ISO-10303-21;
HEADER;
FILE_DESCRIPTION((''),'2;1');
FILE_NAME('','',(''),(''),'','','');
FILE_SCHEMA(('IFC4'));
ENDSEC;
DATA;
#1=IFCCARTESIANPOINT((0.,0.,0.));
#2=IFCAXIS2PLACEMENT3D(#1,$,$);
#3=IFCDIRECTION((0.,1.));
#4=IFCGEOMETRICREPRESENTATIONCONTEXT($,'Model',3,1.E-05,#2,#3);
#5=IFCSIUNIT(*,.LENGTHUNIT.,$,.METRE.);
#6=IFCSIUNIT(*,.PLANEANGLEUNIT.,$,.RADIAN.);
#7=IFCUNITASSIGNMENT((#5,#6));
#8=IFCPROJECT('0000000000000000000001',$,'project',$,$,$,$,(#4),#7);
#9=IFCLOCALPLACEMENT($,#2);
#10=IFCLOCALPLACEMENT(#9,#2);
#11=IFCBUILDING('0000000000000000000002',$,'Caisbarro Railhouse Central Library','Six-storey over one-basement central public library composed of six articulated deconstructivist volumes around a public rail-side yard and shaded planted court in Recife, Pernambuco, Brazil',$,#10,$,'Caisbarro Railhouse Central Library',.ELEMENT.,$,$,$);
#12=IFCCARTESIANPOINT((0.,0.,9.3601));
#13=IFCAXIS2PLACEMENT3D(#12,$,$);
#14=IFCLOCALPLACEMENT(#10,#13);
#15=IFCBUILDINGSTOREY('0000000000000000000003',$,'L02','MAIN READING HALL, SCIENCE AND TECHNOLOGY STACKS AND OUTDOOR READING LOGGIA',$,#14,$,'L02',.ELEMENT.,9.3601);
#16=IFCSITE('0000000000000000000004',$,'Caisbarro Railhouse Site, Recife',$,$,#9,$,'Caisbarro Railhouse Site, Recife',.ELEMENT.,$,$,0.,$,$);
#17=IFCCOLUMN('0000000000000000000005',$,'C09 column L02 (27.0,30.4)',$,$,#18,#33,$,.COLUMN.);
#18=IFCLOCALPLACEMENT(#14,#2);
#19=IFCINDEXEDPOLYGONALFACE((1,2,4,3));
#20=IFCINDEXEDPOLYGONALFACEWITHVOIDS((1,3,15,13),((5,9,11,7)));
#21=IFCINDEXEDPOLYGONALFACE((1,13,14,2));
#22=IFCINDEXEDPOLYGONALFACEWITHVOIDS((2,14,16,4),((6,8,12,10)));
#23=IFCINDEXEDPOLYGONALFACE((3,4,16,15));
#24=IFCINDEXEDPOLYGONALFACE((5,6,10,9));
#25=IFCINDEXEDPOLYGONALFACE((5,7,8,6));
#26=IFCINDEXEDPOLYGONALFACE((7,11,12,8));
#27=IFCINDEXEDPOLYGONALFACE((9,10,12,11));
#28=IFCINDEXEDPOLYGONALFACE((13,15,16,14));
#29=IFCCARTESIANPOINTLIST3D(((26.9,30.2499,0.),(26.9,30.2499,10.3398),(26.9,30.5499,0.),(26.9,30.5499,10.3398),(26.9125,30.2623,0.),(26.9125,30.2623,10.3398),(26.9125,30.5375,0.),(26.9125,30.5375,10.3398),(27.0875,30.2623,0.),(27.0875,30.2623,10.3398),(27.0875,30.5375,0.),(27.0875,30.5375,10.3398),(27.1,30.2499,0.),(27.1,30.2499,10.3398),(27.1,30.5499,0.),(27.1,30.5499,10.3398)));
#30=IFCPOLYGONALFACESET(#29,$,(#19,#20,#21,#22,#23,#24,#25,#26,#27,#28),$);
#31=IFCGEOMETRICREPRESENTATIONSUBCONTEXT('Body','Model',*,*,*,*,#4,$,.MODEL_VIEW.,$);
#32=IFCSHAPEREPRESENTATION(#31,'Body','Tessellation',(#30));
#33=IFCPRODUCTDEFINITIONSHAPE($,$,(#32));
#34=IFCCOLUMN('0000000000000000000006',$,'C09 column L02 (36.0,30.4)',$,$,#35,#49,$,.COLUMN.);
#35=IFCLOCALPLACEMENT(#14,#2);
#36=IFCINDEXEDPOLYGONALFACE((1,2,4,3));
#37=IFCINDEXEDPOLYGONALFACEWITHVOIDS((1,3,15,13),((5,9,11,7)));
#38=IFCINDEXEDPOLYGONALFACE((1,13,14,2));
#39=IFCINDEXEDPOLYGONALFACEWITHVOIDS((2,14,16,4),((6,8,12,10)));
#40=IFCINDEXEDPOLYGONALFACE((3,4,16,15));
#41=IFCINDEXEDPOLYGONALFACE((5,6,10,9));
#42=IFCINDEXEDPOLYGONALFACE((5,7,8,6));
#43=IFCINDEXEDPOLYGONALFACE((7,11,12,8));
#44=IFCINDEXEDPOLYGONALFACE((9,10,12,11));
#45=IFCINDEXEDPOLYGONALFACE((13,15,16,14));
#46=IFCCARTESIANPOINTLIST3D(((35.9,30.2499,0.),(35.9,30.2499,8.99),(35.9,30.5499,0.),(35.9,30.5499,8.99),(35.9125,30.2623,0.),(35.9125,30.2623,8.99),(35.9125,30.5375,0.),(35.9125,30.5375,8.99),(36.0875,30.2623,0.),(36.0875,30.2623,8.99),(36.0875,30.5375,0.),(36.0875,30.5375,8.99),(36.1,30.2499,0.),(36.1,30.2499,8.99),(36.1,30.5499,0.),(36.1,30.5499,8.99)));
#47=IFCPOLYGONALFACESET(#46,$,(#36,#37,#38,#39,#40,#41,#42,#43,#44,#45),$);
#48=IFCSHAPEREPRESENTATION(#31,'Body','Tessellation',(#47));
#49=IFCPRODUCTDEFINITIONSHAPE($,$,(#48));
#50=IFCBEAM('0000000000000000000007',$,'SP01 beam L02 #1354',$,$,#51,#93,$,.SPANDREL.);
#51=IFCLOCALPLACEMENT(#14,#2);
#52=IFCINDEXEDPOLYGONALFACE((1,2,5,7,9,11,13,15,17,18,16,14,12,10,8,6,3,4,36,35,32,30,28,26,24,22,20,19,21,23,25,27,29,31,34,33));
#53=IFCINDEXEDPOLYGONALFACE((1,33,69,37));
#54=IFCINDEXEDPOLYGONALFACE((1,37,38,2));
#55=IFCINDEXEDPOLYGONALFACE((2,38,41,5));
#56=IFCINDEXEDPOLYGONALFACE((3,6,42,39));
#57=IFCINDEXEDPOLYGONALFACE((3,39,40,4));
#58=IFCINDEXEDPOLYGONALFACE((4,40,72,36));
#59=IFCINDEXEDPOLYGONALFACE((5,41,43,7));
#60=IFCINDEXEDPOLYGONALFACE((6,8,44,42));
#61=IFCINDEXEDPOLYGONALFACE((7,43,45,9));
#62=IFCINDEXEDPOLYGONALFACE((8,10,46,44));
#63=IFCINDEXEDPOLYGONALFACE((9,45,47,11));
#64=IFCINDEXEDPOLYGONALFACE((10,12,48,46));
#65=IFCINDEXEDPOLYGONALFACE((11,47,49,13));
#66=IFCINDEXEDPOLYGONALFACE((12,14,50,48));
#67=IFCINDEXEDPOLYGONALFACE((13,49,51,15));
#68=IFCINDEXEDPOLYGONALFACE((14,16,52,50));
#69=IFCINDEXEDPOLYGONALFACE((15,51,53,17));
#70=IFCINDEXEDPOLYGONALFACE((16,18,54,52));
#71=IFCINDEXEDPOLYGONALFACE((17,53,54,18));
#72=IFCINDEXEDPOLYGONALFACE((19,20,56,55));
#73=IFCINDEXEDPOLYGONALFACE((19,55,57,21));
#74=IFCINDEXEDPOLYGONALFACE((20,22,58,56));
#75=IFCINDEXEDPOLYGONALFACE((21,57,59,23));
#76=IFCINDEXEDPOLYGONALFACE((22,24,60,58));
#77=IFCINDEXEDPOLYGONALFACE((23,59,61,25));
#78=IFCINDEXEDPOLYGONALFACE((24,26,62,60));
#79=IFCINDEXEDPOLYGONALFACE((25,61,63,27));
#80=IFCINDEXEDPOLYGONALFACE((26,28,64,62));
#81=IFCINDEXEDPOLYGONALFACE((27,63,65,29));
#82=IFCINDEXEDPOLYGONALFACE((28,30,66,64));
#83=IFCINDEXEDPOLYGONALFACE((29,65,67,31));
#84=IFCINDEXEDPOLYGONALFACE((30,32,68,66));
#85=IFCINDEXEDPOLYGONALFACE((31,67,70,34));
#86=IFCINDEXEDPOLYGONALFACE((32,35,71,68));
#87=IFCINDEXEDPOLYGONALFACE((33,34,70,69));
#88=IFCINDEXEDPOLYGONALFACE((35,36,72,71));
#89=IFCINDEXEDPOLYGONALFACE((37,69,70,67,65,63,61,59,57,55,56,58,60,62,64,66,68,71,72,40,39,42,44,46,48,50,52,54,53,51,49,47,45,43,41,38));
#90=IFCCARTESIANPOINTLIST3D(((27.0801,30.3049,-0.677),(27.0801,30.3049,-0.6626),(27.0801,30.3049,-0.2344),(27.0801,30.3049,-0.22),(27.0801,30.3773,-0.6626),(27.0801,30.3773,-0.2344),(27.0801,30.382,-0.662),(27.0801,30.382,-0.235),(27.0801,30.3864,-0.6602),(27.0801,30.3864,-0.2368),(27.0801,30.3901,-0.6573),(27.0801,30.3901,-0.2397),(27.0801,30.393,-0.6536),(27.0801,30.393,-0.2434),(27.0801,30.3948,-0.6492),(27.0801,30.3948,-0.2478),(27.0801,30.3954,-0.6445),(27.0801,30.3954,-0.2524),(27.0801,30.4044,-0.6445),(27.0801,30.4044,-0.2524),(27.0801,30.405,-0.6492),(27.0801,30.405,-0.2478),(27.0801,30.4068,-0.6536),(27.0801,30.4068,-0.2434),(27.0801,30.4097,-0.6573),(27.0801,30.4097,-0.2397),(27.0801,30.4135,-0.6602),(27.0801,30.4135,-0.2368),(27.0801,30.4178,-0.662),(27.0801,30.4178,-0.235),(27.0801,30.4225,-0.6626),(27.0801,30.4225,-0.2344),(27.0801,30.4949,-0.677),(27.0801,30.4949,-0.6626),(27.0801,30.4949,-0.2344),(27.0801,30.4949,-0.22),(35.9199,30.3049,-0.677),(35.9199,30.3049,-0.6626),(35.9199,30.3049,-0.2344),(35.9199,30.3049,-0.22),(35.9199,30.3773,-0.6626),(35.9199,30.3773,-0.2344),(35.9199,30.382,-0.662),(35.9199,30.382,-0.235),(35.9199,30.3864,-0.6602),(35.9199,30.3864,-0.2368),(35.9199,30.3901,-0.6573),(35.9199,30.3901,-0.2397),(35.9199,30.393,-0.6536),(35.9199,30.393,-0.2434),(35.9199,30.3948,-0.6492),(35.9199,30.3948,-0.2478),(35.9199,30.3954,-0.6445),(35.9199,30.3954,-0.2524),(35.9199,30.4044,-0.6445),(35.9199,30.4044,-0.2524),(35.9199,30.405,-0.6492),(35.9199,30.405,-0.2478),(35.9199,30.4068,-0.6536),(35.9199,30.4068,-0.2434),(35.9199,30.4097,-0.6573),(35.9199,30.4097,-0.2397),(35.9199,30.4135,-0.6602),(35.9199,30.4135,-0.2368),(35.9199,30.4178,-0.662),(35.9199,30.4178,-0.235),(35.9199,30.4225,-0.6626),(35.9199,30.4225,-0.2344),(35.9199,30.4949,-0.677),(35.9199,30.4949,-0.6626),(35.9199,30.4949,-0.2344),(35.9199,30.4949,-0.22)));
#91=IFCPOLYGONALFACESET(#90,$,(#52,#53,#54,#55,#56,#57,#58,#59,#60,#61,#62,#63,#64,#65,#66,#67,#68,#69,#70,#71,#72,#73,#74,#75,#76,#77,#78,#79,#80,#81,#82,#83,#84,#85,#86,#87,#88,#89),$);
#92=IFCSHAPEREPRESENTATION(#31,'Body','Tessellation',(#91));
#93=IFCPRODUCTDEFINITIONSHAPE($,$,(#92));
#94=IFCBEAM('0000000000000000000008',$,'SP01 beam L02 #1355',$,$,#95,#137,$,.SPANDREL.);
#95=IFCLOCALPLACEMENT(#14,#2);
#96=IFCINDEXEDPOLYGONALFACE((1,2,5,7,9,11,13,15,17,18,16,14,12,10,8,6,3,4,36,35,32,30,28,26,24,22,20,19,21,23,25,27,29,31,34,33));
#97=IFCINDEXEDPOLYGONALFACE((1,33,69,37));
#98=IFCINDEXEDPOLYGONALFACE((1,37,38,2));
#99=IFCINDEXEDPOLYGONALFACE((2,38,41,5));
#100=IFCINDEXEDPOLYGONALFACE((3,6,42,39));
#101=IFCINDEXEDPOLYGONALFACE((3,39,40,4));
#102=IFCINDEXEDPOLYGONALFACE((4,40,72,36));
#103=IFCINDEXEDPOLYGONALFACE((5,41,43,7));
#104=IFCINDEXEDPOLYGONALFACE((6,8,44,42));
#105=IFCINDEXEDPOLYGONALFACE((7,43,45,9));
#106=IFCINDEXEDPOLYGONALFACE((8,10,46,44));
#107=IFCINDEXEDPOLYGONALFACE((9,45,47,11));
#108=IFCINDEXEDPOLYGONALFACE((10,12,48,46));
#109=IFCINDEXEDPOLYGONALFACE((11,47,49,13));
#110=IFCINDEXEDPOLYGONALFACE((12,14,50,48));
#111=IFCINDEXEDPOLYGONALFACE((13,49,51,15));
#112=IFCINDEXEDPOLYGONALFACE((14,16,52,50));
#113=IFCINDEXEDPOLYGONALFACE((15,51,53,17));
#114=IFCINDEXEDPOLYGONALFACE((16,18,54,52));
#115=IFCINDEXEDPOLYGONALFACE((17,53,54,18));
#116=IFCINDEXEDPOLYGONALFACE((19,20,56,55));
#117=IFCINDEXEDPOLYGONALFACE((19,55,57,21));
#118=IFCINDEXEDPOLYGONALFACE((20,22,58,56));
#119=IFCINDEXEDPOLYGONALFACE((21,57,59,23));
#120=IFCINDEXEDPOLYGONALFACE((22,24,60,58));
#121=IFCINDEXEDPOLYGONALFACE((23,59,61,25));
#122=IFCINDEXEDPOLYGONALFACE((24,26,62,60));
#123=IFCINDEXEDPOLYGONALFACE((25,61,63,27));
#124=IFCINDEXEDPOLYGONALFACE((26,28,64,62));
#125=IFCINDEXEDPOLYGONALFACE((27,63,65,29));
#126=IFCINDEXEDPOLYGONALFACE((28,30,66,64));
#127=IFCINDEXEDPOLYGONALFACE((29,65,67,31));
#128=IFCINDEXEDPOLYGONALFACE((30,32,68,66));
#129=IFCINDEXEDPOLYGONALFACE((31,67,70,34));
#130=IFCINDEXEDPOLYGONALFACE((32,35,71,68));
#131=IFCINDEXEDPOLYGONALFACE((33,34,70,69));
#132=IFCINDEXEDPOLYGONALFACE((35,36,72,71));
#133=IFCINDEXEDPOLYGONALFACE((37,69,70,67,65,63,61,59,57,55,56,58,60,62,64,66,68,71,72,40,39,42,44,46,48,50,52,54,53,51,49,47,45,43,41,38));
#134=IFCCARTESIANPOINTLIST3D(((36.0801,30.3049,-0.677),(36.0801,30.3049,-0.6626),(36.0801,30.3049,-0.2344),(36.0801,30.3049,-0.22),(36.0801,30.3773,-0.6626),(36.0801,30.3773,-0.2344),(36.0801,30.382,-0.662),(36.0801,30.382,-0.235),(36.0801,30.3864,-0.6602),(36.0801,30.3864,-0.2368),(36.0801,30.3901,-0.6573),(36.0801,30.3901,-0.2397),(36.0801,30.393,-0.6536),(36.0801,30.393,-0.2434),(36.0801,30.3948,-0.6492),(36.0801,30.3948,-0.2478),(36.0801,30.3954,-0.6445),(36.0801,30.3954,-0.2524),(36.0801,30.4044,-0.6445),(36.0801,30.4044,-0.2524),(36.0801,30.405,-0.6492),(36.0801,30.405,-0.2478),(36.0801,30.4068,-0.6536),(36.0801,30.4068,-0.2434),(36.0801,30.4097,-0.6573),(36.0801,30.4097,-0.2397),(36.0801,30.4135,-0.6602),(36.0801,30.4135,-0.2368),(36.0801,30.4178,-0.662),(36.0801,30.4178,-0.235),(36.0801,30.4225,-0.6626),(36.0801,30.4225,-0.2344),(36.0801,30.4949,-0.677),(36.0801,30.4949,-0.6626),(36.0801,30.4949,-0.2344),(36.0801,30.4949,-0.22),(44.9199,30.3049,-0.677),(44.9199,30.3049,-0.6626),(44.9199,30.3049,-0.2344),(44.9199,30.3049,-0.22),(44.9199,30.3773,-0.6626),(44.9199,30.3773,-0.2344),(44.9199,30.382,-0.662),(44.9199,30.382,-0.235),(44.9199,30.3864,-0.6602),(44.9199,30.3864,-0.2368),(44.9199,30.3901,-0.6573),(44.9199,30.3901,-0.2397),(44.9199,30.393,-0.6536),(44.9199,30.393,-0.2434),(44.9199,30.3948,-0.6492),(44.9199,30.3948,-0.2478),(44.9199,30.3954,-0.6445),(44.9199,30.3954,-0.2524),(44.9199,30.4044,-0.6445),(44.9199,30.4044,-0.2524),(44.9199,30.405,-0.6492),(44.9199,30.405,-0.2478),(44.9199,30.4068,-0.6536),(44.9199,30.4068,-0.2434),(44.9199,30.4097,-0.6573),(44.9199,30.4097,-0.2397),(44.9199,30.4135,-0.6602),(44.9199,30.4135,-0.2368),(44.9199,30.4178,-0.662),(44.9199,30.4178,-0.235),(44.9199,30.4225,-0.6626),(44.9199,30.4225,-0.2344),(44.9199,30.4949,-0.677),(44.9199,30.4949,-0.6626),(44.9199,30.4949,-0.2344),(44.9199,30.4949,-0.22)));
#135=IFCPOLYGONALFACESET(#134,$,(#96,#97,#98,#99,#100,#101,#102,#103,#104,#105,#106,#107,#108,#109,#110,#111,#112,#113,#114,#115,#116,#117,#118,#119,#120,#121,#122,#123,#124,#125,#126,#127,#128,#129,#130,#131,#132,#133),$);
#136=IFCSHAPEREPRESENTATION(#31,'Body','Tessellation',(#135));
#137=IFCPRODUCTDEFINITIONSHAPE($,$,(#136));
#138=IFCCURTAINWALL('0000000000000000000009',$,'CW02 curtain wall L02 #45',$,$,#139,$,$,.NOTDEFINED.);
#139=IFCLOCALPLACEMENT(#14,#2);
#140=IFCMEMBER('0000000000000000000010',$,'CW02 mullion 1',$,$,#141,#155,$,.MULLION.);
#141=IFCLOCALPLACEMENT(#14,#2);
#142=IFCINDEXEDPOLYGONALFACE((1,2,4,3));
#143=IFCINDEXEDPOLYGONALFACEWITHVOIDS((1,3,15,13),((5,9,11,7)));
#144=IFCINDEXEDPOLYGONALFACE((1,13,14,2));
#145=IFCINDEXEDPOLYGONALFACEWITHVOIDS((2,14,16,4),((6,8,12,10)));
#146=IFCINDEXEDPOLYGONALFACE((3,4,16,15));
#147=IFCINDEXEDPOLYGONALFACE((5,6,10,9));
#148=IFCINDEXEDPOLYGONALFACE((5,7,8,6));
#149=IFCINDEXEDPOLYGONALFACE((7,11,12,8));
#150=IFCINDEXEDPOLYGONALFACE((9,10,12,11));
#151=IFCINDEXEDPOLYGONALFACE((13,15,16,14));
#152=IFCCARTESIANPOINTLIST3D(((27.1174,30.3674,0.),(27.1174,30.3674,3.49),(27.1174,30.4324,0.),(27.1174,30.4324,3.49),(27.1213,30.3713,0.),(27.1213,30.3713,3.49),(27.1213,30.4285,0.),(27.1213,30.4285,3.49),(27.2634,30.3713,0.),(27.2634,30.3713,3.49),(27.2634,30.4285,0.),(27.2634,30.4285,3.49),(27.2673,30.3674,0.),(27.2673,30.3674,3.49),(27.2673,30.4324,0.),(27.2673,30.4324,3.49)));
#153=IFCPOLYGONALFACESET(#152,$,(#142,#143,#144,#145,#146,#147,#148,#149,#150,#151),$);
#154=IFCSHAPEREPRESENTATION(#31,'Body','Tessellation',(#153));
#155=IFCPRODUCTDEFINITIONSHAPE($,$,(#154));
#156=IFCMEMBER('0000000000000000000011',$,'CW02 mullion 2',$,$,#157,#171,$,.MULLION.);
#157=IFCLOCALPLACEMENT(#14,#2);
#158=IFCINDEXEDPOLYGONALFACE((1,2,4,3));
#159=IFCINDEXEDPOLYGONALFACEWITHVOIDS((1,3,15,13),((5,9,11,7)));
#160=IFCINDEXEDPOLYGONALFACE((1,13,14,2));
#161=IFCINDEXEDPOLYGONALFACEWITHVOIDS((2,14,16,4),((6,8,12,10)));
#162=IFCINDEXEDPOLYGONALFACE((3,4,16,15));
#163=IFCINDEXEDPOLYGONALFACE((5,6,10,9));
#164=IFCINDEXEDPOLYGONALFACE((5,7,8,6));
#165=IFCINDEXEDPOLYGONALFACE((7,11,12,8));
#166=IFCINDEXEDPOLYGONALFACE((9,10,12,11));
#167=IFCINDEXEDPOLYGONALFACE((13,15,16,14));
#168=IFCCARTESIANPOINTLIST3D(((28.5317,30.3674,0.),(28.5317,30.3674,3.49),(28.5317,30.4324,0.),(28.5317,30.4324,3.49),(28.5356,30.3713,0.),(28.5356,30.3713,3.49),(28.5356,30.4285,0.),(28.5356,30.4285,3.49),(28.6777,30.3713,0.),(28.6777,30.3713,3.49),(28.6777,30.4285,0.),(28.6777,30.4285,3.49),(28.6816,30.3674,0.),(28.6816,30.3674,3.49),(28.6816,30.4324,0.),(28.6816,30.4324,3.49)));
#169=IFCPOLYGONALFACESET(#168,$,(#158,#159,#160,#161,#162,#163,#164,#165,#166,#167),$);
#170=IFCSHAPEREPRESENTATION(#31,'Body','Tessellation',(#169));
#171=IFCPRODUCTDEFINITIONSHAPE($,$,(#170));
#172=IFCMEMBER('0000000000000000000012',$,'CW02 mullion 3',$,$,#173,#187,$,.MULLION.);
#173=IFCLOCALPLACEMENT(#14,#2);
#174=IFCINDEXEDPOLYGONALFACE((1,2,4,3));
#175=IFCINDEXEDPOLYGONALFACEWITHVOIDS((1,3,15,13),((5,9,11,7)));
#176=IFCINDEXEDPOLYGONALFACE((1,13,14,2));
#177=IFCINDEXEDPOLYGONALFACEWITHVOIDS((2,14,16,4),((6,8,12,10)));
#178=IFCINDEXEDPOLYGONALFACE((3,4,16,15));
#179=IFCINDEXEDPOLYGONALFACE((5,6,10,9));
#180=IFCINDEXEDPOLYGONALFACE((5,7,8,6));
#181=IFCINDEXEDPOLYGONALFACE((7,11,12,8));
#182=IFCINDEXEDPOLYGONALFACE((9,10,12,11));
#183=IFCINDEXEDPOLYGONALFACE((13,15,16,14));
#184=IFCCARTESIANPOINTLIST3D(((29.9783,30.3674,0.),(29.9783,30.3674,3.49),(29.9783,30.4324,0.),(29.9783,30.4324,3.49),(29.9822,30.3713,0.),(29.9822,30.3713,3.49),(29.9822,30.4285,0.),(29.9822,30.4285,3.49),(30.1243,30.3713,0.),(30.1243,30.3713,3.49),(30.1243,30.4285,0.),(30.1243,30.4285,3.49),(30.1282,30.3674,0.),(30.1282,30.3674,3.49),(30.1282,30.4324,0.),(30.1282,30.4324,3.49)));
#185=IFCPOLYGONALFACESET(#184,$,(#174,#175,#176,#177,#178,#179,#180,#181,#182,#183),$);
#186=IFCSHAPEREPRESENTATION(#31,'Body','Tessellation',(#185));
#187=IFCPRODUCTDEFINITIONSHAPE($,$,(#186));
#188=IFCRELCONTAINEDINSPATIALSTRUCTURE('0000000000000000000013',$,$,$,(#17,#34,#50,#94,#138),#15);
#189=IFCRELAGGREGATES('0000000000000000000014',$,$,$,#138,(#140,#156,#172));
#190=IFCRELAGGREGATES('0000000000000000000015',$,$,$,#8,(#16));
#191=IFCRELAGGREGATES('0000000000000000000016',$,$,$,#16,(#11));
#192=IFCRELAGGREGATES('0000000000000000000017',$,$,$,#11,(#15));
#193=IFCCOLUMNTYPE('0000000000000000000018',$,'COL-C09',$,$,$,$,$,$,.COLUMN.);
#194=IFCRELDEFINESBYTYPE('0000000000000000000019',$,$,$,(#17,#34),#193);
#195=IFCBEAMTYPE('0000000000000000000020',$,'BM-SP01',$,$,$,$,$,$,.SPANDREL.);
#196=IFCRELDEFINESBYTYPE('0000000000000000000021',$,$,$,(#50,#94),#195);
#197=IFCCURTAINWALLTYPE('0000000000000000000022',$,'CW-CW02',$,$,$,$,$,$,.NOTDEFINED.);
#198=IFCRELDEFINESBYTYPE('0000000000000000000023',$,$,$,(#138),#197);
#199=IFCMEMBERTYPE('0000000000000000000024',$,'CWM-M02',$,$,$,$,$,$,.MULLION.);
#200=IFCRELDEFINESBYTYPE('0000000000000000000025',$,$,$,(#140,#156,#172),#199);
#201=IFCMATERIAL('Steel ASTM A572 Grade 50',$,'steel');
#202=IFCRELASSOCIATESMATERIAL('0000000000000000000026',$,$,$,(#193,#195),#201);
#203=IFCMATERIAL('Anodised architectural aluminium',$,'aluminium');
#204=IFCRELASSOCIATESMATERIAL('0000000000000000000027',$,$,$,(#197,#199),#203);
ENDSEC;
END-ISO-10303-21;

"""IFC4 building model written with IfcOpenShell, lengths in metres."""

from ifc_helpers import new_model, si_unit, direction, frame, origin, origin_2d, place, context, subcontext, project, spatial, hollow_rectangle, i_section, extrude, material, material_profile, profile_set, type_object, element, aggregate, save


model = new_model("IFC4")

# Units and contexts
model_context = context("Model", 3, precision=1e-05, world=origin(), true_north=direction((0.0, 1.0)))
body_context = subcontext(model_context, "Body", "Model", "MODEL_VIEW")
ifc_project = project(units=[si_unit("LENGTHUNIT", "METRE"), si_unit("PLANEANGLEUNIT", "RADIAN")], contexts=[model_context])

# Site, building, storey
site_placement = place(None, origin())
site = spatial("IfcSite", under=ifc_project, at=site_placement, Name="Caisbarro Railhouse Site, Recife", LongName="Caisbarro Railhouse Site, Recife", CompositionType="ELEMENT", RefElevation=0.0)
building_placement = place(site_placement, origin())
building = spatial("IfcBuilding", under=site, at=building_placement, Name="Caisbarro Railhouse Central Library", Description="Six-storey over one-basement central public library composed of six articulated deconstructivist volumes around a public rail-side yard and shaded planted court in Recife, Pernambuco, Brazil", LongName="Caisbarro Railhouse Central Library", CompositionType="ELEMENT")
storey_placement = place(building_placement, frame((0.0, 0.0, 9.3601)))
storey = spatial("IfcBuildingStorey", under=building, at=storey_placement, Name="L02", Description="MAIN READING HALL, SCIENCE AND TECHNOLOGY STACKS AND OUTDOOR READING LOGGIA", LongName="L02", CompositionType="ELEMENT", Elevation=9.3601)

# Columns
ifc_material_1 = material(Name="Steel ASTM A572 Grade 50", Category="steel")
ifc_material_profile_1 = material_profile(ifc_material_1, hollow_rectangle(XDim=0.2, YDim=0.3, WallThickness=0.0125, at=origin_2d()), Name="HSS300X200X12.5")
ifc_profile_set_1 = profile_set([ifc_material_profile_1], Name="Steel ASTM A572 Grade 50")
column_type = type_object("IfcColumnType", Name="COL-C09", PredefinedType="COLUMN", material=ifc_profile_set_1)
column_1_placement = place(storey_placement, frame((27.0, 30.3999, 0.0), z_axis=(0.0, 0.0, 1.0), x_axis=(1.0, 0.0, 0.0)))
element("IfcColumn", 1, at=column_1_placement, inside=storey, type_object=column_type, Name="C09 column L02 (27.0,30.4)", PredefinedType="COLUMN", context=body_context, shape_type="SweptSolid", body=[
    extrude(hollow_rectangle(XDim=0.2, YDim=0.3, WallThickness=0.0125, at=origin_2d()), origin(), (0.0, 0.0, 1.0), 10.3398),
])
column_2_placement = place(storey_placement, frame((36.0, 30.3999, 0.0), z_axis=(0.0, 0.0, 1.0), x_axis=(1.0, 0.0, 0.0)))
element("IfcColumn", 2, at=column_2_placement, inside=storey, type_object=column_type, Name="C09 column L02 (36.0,30.4)", PredefinedType="COLUMN", context=body_context, shape_type="SweptSolid", body=[
    extrude(hollow_rectangle(XDim=0.2, YDim=0.3, WallThickness=0.0125, at=origin_2d()), origin(), (0.0, 0.0, 1.0), 8.99),
])

# Beams
ifc_material_profile_2 = material_profile(ifc_material_1, i_section(OverallWidth=0.1899, OverallDepth=0.457, WebThickness=0.009, FlangeThickness=0.0144, FilletRadius=0.0181, at=origin_2d()), Name="W460X74.0")
ifc_profile_set_2 = profile_set([ifc_material_profile_2], Name="Steel ASTM A572 Grade 50")
beam_type = type_object("IfcBeamType", Name="BM-SP01", PredefinedType="SPANDREL", material=ifc_profile_set_2)
for number, where, z_axis, x_axis, name in (
    (3, (27.0801, 30.3999, -0.4485), (1.0, 0.0, 0.0), (0.0, 1.0, 0.0), "SP01 beam L02 #1354"),
    (4, (36.0801, 30.3999, -0.4485), (1.0, 0.0, 0.0), (0.0, 1.0, 0.0), "SP01 beam L02 #1355"),
):
    element("IfcBeam", number, at=place(storey_placement, frame(where, z_axis=z_axis, x_axis=x_axis)), inside=storey, type_object=beam_type, Name=name, PredefinedType="SPANDREL", context=body_context, shape_type="SweptSolid", body=[
        extrude(i_section(OverallWidth=0.1899, OverallDepth=0.457, WebThickness=0.009, FlangeThickness=0.0144, FilletRadius=0.0181, at=origin_2d()), origin(), (0.0, 0.0, 1.0), 8.8398),
    ])

# Curtain wall, members
ifc_material_2 = material(Name="Anodised architectural aluminium", Category="aluminium")
curtain_wall_type = type_object("IfcCurtainWallType", Name="CW-CW02", PredefinedType="NOTDEFINED", material=ifc_material_2)
curtain_wall_1_placement = place(storey_placement, origin())
curtain_wall_1 = element("IfcCurtainWall", 5, at=curtain_wall_1_placement, inside=storey, type_object=curtain_wall_type, Name="CW02 curtain wall L02 #45", PredefinedType="NOTDEFINED")
ifc_material_profile_3 = material_profile(ifc_material_2, hollow_rectangle(XDim=0.0649, YDim=0.1499, WallThickness=0.0039, at=origin_2d()), Name="ALU-MUL-65X150")
ifc_profile_set_3 = profile_set([ifc_material_profile_3], Name="Anodised architectural aluminium")
member_type_1 = type_object("IfcMemberType", Name="CWM-M02", PredefinedType="MULLION", material=ifc_profile_set_3)
member_1_placement = place(storey_placement, frame((27.1924, 30.3999, 0.0), z_axis=(0.0, 0.0, 1.0), x_axis=(0.0, 1.0, 0.0)))
member_1 = element("IfcMember", 6, at=member_1_placement, type_object=member_type_1, Name="CW02 mullion 1", PredefinedType="MULLION", context=body_context, shape_type="SweptSolid", body=[
    extrude(hollow_rectangle(XDim=0.0649, YDim=0.1499, WallThickness=0.0039, at=origin_2d()), origin(), (0.0, 0.0, 1.0), 3.49),
])
member_2_placement = place(storey_placement, frame((28.6067, 30.3999, 0.0), z_axis=(0.0, 0.0, 1.0), x_axis=(0.0, 1.0, 0.0)))
member_2 = element("IfcMember", 7, at=member_2_placement, type_object=member_type_1, Name="CW02 mullion 2", PredefinedType="MULLION", context=body_context, shape_type="SweptSolid", body=[
    extrude(hollow_rectangle(XDim=0.0649, YDim=0.1499, WallThickness=0.0039, at=origin_2d()), origin(), (0.0, 0.0, 1.0), 3.49),
])
member_3_placement = place(storey_placement, frame((30.0532, 30.3999, 0.0), z_axis=(0.0, 0.0, 1.0), x_axis=(0.0, 1.0, 0.0)))
member_3 = element("IfcMember", 8, at=member_3_placement, type_object=member_type_1, Name="CW02 mullion 3", PredefinedType="MULLION", context=body_context, shape_type="SweptSolid", body=[
    extrude(hollow_rectangle(XDim=0.0649, YDim=0.1499, WallThickness=0.0039, at=origin_2d()), origin(), (0.0, 0.0, 1.0), 3.49),
])

aggregate(curtain_wall_1, [member_1, member_2, member_3])

save(model, "model.ifc")
